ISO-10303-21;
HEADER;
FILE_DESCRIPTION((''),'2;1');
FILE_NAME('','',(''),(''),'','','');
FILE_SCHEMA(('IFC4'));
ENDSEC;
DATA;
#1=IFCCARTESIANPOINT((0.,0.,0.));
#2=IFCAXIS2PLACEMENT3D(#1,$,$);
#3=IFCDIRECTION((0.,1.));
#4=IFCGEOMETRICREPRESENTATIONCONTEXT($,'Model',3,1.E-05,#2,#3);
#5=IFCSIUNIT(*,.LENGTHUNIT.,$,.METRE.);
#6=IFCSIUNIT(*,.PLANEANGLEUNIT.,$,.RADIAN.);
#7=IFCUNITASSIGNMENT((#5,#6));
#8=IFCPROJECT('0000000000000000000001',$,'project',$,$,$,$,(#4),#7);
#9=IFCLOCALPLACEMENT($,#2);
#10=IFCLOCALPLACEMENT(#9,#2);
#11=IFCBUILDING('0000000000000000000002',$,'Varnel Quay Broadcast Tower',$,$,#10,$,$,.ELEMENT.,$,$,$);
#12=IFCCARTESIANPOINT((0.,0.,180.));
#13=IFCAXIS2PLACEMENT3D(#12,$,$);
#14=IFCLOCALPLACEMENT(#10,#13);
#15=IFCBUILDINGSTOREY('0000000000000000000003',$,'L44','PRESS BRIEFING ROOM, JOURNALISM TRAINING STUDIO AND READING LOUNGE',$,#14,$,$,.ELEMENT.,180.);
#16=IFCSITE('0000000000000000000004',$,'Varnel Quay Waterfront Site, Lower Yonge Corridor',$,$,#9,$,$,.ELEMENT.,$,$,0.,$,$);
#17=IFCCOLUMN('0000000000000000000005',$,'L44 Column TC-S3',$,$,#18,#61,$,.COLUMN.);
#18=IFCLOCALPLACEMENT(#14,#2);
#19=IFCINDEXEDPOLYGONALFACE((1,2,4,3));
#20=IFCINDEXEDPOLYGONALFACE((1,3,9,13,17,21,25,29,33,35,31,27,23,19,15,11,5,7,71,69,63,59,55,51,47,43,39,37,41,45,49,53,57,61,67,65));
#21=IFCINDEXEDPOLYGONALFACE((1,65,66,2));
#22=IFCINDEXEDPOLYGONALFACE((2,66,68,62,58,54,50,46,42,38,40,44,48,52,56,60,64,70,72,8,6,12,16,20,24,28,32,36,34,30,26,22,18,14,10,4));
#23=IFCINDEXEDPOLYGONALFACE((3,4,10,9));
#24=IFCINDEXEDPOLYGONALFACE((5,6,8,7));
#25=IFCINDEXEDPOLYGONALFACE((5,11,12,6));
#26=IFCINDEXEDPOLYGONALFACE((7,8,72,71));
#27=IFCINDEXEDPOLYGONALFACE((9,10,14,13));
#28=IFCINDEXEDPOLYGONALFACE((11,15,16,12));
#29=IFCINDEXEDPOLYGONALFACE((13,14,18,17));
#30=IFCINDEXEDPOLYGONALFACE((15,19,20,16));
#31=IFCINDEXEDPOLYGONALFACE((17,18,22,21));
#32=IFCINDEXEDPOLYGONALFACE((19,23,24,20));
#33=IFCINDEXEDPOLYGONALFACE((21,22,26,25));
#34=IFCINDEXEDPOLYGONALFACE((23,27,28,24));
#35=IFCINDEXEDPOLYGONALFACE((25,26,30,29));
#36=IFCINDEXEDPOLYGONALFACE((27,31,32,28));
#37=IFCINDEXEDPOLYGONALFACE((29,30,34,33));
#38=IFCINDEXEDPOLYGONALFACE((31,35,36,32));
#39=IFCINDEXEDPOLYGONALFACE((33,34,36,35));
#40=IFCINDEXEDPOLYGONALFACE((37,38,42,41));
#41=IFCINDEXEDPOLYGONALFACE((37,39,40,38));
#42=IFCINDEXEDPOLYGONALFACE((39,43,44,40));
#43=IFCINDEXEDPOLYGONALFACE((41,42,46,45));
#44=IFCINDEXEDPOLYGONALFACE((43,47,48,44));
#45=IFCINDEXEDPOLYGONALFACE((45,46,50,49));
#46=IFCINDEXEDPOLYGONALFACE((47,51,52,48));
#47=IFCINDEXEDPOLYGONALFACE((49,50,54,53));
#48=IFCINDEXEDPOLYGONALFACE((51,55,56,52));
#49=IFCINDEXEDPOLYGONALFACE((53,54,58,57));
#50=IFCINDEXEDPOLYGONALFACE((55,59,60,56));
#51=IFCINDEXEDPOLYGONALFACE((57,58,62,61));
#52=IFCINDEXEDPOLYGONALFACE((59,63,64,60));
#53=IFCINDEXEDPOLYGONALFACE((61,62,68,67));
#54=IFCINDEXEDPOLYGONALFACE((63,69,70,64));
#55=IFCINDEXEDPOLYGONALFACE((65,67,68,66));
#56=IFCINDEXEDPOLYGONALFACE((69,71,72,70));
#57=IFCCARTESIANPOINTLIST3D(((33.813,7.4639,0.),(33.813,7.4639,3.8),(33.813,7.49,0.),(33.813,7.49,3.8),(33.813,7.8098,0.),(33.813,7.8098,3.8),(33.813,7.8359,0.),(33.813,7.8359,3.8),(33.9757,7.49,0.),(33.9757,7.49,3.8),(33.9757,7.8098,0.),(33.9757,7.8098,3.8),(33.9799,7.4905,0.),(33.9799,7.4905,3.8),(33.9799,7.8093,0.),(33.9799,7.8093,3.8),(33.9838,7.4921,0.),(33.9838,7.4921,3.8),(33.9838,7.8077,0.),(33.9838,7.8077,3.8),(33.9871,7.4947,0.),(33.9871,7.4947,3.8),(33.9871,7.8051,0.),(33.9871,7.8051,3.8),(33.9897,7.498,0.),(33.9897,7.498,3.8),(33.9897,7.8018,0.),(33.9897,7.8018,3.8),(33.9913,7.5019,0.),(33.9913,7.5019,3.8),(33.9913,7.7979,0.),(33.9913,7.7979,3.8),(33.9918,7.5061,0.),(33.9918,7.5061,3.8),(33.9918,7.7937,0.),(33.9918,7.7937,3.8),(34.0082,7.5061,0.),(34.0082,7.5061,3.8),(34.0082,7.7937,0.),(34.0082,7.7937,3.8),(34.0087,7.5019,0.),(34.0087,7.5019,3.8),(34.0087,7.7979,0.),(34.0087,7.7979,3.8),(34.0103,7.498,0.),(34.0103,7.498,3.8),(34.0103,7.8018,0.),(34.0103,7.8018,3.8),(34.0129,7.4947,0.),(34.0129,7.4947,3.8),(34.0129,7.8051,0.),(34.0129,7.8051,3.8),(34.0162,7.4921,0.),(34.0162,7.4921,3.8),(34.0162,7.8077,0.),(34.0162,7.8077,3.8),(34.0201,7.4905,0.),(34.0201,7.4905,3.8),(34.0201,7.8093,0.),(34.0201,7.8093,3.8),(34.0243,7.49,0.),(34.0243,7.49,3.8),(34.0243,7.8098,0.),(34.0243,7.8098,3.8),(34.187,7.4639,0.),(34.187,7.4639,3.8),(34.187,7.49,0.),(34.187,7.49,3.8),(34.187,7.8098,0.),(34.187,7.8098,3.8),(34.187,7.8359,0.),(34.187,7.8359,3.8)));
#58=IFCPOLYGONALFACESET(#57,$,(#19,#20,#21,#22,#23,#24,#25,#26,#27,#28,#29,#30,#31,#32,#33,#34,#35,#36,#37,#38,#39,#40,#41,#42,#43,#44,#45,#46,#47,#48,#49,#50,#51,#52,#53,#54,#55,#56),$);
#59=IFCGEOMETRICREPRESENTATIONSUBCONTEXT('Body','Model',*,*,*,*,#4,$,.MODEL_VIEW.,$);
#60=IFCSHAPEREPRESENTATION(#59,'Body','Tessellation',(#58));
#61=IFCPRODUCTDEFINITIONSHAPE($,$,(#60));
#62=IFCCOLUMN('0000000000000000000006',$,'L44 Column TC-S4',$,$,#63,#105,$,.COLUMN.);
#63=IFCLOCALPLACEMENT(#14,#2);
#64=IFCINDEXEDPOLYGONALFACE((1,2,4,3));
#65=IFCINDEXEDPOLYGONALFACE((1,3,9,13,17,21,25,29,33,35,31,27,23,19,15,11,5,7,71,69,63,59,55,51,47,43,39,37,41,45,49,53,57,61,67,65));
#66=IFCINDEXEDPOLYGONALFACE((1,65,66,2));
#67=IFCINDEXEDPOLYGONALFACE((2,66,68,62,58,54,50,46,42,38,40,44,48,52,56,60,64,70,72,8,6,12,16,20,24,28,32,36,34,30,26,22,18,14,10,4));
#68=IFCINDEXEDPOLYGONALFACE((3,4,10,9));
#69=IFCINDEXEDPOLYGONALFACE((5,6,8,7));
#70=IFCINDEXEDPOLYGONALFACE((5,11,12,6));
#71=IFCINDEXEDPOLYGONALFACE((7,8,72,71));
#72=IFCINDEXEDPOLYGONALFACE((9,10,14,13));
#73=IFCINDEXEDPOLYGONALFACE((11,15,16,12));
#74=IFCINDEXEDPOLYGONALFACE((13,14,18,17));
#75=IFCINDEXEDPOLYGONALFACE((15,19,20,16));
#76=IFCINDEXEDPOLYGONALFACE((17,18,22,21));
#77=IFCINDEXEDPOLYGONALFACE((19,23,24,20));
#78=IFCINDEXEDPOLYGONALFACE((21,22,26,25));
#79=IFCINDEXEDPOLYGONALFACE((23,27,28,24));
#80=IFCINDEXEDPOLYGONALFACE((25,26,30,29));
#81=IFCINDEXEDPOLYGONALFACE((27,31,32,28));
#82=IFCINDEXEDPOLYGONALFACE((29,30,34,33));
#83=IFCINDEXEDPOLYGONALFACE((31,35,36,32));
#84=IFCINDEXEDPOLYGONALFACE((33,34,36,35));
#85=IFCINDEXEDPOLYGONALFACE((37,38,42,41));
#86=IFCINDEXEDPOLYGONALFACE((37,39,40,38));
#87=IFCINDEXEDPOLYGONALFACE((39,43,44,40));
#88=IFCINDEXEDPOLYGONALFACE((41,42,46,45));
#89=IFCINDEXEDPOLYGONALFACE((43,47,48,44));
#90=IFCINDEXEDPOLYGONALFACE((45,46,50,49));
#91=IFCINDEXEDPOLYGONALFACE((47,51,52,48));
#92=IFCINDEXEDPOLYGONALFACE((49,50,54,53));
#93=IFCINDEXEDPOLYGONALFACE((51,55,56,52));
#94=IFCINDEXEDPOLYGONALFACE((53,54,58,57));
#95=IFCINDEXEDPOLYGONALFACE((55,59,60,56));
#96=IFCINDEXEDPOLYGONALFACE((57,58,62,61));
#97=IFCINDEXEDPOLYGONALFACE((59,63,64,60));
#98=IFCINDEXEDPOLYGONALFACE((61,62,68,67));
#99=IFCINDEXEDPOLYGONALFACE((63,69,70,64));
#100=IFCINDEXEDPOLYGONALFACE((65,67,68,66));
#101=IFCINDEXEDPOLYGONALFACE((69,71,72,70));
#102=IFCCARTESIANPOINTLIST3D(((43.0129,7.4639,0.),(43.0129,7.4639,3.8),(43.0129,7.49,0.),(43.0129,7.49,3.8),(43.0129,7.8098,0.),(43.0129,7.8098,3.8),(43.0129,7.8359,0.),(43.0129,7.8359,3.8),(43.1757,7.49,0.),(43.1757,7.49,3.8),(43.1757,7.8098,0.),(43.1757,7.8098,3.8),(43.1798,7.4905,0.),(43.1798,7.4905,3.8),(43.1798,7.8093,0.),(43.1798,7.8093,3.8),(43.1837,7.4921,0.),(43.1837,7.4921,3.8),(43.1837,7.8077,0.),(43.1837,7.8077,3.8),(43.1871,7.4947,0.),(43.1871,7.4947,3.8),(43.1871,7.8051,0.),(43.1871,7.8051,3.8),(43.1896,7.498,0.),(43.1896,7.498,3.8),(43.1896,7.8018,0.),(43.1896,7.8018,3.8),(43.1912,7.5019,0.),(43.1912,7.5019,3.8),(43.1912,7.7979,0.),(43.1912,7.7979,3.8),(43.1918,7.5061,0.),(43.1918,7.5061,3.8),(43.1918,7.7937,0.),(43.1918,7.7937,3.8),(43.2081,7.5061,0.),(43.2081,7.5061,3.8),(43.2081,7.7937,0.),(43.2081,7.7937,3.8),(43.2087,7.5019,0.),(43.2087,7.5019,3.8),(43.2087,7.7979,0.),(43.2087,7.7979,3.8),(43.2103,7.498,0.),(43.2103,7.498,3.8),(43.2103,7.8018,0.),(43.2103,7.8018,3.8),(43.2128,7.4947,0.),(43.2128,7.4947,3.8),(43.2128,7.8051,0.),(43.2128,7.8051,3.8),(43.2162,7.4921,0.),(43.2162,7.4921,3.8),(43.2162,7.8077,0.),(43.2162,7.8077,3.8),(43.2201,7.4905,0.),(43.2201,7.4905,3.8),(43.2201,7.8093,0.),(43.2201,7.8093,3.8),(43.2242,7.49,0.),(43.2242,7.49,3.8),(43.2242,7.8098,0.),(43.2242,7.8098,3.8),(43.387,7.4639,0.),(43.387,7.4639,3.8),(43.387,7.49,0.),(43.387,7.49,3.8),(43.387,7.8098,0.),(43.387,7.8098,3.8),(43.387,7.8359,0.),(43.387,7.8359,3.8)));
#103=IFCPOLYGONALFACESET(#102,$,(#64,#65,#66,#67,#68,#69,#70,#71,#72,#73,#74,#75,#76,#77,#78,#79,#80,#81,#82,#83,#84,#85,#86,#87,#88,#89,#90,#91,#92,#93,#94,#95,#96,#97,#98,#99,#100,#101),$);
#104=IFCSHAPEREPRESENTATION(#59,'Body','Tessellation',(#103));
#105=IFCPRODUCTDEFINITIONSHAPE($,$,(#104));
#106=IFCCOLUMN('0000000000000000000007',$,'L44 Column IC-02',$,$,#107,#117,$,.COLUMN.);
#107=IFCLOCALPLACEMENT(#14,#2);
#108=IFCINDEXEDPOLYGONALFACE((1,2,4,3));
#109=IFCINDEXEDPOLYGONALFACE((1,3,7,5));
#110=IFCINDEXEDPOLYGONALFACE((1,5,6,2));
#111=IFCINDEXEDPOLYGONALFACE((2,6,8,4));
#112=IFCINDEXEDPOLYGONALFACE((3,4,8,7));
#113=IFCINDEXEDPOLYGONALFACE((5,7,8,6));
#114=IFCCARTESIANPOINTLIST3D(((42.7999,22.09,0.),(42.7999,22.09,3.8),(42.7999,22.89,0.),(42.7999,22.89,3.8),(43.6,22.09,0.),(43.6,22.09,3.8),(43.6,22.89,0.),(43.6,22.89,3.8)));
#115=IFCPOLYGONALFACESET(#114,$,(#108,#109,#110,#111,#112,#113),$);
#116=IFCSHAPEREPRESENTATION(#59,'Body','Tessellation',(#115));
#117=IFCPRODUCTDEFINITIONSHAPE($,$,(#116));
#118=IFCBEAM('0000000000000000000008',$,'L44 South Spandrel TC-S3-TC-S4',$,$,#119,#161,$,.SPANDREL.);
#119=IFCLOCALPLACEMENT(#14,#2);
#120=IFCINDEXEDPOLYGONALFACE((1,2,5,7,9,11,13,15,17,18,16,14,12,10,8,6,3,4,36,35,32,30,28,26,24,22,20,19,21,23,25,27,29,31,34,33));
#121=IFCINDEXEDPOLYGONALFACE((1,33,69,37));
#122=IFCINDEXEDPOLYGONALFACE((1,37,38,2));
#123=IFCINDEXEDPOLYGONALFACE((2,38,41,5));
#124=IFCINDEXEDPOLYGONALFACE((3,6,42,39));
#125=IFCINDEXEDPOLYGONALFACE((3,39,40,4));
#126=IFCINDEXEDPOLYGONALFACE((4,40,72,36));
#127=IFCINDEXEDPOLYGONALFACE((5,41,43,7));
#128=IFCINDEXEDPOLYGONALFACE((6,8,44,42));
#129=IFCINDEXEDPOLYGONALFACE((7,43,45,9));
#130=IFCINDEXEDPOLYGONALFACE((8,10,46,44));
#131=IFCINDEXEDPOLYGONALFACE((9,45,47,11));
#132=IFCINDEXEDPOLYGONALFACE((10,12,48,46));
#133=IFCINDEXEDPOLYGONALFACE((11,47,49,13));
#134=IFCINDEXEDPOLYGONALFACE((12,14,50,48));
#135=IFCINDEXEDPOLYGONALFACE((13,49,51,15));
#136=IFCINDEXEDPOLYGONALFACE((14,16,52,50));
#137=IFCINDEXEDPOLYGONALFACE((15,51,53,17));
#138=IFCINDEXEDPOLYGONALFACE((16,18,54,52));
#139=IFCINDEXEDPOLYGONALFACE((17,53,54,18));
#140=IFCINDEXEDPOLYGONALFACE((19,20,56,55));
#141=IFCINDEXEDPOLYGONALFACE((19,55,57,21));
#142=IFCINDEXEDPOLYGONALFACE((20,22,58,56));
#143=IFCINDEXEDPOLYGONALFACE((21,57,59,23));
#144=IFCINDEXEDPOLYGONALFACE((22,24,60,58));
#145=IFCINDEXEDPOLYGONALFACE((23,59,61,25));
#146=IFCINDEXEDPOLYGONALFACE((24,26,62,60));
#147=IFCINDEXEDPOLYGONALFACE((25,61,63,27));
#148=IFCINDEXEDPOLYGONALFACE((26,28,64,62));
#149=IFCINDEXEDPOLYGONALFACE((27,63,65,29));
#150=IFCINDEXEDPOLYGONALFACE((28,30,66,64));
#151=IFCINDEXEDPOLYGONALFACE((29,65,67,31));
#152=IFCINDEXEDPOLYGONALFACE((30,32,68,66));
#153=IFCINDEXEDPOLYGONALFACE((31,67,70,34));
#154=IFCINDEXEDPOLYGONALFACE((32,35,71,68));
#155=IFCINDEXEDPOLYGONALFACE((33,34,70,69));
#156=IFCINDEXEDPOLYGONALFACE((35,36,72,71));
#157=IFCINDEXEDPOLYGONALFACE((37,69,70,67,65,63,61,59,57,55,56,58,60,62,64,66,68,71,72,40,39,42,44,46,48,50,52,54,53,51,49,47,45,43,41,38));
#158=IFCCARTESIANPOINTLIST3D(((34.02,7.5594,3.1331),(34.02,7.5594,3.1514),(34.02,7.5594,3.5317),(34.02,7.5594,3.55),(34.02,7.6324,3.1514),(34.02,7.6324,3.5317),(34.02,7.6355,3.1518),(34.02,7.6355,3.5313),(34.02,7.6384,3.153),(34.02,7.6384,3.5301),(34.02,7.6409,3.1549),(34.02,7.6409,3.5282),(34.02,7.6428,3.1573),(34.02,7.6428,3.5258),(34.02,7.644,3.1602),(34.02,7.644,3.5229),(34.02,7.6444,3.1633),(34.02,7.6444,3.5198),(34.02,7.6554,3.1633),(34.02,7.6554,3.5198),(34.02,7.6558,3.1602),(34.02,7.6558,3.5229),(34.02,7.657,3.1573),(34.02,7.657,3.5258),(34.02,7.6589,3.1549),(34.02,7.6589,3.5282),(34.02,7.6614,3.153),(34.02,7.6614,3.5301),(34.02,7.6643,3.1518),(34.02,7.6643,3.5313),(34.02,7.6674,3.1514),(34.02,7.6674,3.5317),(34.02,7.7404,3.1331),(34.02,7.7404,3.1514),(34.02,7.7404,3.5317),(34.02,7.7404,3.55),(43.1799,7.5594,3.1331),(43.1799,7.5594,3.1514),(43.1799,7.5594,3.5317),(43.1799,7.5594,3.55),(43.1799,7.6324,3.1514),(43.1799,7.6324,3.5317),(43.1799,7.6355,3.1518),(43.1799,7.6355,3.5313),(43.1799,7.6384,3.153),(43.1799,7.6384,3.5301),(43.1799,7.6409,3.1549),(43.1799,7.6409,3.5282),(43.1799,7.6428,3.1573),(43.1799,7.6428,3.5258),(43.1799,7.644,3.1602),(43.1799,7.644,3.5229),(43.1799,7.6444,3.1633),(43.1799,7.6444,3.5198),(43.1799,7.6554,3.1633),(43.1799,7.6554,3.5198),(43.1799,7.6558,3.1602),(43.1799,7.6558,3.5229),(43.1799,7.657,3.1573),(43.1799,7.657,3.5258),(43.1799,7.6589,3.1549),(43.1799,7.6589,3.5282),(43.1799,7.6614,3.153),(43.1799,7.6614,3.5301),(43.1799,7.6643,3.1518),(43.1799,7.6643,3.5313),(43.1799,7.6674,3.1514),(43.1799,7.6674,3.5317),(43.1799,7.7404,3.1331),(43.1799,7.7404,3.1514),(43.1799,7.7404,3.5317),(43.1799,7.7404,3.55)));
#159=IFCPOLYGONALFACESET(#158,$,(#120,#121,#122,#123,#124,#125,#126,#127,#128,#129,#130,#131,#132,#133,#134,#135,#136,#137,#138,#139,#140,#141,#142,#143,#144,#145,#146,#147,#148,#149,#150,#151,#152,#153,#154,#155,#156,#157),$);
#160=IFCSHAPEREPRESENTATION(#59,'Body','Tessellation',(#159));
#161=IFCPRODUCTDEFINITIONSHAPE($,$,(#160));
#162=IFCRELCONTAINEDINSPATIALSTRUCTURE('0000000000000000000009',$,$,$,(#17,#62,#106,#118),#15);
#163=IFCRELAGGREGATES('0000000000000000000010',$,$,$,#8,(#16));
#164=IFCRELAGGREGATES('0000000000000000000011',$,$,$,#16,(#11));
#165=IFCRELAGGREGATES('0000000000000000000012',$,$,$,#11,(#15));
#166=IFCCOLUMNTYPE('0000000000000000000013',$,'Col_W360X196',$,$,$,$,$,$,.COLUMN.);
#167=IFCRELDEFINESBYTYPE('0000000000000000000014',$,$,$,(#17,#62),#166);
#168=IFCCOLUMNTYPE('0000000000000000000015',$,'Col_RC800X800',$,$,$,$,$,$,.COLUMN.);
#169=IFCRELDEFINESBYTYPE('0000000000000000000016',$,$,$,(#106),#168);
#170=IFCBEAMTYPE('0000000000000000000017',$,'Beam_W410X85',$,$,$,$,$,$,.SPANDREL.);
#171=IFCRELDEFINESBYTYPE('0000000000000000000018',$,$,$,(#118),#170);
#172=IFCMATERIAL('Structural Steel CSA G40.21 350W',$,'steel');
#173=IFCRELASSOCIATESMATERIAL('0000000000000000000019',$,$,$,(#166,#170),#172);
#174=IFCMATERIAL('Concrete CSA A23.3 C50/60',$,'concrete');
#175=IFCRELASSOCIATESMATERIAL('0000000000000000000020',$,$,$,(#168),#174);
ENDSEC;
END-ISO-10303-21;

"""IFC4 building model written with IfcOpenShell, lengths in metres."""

from ifc_helpers import new_model, si_unit, direction, frame, origin, origin_2d, place, context, subcontext, project, spatial, rectangle, i_section, extrude, source, transform, mapped, material, material_profile, profile_set, type_object, type_shapes, element, save


model = new_model("IFC4")

# Units and contexts
model_context = context("Model", 3, precision=1e-05, world=origin(), true_north=direction((0.0, 1.0)))
body_context = subcontext(model_context, "Body", "Model", "MODEL_VIEW")
ifc_project = project(units=[si_unit("LENGTHUNIT", "METRE"), si_unit("PLANEANGLEUNIT", "RADIAN")], contexts=[model_context])

# Site, building, storey
site_placement = place(None, origin())
site = spatial("IfcSite", under=ifc_project, at=site_placement, Name="Varnel Quay Waterfront Site, Lower Yonge Corridor", CompositionType="ELEMENT", RefElevation=0.0)
building_placement = place(site_placement, origin())
building = spatial("IfcBuilding", under=site, at=building_placement, Name="Varnel Quay Broadcast Tower", CompositionType="ELEMENT")
storey_placement = place(building_placement, frame((0.0, 0.0, 180.0)))
storey = spatial("IfcBuildingStorey", under=building, at=storey_placement, Name="L44", Description="PRESS BRIEFING ROOM, JOURNALISM TRAINING STUDIO AND READING LOUNGE", CompositionType="ELEMENT", Elevation=180.0)

# Columns
ifc_material_1 = material(Name="Structural Steel CSA G40.21 350W", Category="steel")
ifc_material_profile_1 = material_profile(ifc_material_1, i_section(OverallWidth=0.374, OverallDepth=0.3721, WebThickness=0.0164, FlangeThickness=0.0261, FilletRadius=0.0161, at=origin_2d()), Name="W360X196")
ifc_profile_set_1 = profile_set([ifc_material_profile_1], Name="Structural Steel CSA G40.21 350W")
column_type_1 = type_object("IfcColumnType", Name="Col_W360X196", PredefinedType="COLUMN", material=ifc_profile_set_1)
shared_shape_1 = source(origin(), body_context, "Body", "SweptSolid", [
    extrude(i_section(OverallWidth=0.374, OverallDepth=0.3721, WebThickness=0.0164, FlangeThickness=0.0261, FilletRadius=0.0161, at=origin_2d()), origin(), (0.0, 0.0, 1.0), 3.8),
])
type_shapes(column_type_1, [shared_shape_1])
for number, where, z_axis, x_axis, name in (
    (1, (34.0, 7.6499, 0.0), (0.0, 0.0, 1.0), (1.0, 0.0, 0.0), "L44 Column TC-S3"),
    (2, (43.2, 7.6499, 0.0), (0.0, 0.0, 1.0), (1.0, 0.0, 0.0), "L44 Column TC-S4"),
):
    element("IfcColumn", number, at=place(storey_placement, frame(where, z_axis=z_axis, x_axis=x_axis)), inside=storey, type_object=column_type_1, Name=name, PredefinedType="COLUMN", context=body_context, shape_type="MappedRepresentation", body=[
        mapped(shared_shape_1, transform((0.0, 0.0, 0.0), x_axis=(1.0, 0.0, 0.0), y_axis=(0.0, 1.0, 0.0), z_axis=(0.0, 0.0, 1.0), scale=1.0)),
    ])
ifc_material_2 = material(Name="Concrete CSA A23.3 C50/60", Category="concrete")
ifc_material_profile_2 = material_profile(ifc_material_2, rectangle(XDim=0.8, YDim=0.8, at=origin_2d()), Name="RC800X800")
ifc_profile_set_2 = profile_set([ifc_material_profile_2], Name="Concrete CSA A23.3 C50/60")
column_type_2 = type_object("IfcColumnType", Name="Col_RC800X800", PredefinedType="COLUMN", material=ifc_profile_set_2)
shared_shape_2 = source(origin(), body_context, "Body", "SweptSolid", [
    extrude(rectangle(XDim=0.8, YDim=0.8, at=origin_2d()), origin(), (0.0, 0.0, 1.0), 3.8),
])
type_shapes(column_type_2, [shared_shape_2])
column_placement = place(storey_placement, frame((43.2, 22.49, 0.0), z_axis=(0.0, 0.0, 1.0), x_axis=(1.0, 0.0, 0.0)))
element("IfcColumn", 3, at=column_placement, inside=storey, type_object=column_type_2, Name="L44 Column IC-02", PredefinedType="COLUMN", context=body_context, shape_type="MappedRepresentation", body=[
    mapped(shared_shape_2, transform((0.0, 0.0, 0.0), x_axis=(1.0, 0.0, 0.0), y_axis=(0.0, 1.0, 0.0), z_axis=(0.0, 0.0, 1.0), scale=1.0)),
])

# Beam
ifc_material_profile_3 = material_profile(ifc_material_1, i_section(OverallWidth=0.1809, OverallDepth=0.417, WebThickness=0.011, FlangeThickness=0.0183, FilletRadius=0.012, at=origin_2d()), Name="W410X85")
ifc_profile_set_3 = profile_set([ifc_material_profile_3], Name="Structural Steel CSA G40.21 350W")
beam_type_1 = type_object("IfcBeamType", Name="Beam_W410X85", PredefinedType="SPANDREL", material=ifc_profile_set_3)
shared_shape_3 = source(origin(), body_context, "Body", "SweptSolid", [
    extrude(i_section(OverallWidth=0.1809, OverallDepth=0.417, WebThickness=0.011, FlangeThickness=0.0183, FilletRadius=0.012, at=origin_2d()), origin(), (0.0, 0.0, 1.0), 9.1599),
])
type_shapes(beam_type_1, [shared_shape_3])
for number, where, z_axis, x_axis, name in (
    (4, (34.02, 7.6499, 3.3416), (1.0, 0.0, 0.0), (0.0, 1.0, 0.0), "L44 South Spandrel TC-S3-TC-S4"),
):
    element("IfcBeam", number, at=place(storey_placement, frame(where, z_axis=z_axis, x_axis=x_axis)), inside=storey, type_object=beam_type_1, Name=name, PredefinedType="SPANDREL", context=body_context, shape_type="MappedRepresentation", body=[
        mapped(shared_shape_3, transform((0.0, 0.0, 0.0), x_axis=(1.0, 0.0, 0.0), y_axis=(0.0, 1.0, 0.0), z_axis=(0.0, 0.0, 1.0), scale=1.0)),
    ])

save(model, "model.ifc")
